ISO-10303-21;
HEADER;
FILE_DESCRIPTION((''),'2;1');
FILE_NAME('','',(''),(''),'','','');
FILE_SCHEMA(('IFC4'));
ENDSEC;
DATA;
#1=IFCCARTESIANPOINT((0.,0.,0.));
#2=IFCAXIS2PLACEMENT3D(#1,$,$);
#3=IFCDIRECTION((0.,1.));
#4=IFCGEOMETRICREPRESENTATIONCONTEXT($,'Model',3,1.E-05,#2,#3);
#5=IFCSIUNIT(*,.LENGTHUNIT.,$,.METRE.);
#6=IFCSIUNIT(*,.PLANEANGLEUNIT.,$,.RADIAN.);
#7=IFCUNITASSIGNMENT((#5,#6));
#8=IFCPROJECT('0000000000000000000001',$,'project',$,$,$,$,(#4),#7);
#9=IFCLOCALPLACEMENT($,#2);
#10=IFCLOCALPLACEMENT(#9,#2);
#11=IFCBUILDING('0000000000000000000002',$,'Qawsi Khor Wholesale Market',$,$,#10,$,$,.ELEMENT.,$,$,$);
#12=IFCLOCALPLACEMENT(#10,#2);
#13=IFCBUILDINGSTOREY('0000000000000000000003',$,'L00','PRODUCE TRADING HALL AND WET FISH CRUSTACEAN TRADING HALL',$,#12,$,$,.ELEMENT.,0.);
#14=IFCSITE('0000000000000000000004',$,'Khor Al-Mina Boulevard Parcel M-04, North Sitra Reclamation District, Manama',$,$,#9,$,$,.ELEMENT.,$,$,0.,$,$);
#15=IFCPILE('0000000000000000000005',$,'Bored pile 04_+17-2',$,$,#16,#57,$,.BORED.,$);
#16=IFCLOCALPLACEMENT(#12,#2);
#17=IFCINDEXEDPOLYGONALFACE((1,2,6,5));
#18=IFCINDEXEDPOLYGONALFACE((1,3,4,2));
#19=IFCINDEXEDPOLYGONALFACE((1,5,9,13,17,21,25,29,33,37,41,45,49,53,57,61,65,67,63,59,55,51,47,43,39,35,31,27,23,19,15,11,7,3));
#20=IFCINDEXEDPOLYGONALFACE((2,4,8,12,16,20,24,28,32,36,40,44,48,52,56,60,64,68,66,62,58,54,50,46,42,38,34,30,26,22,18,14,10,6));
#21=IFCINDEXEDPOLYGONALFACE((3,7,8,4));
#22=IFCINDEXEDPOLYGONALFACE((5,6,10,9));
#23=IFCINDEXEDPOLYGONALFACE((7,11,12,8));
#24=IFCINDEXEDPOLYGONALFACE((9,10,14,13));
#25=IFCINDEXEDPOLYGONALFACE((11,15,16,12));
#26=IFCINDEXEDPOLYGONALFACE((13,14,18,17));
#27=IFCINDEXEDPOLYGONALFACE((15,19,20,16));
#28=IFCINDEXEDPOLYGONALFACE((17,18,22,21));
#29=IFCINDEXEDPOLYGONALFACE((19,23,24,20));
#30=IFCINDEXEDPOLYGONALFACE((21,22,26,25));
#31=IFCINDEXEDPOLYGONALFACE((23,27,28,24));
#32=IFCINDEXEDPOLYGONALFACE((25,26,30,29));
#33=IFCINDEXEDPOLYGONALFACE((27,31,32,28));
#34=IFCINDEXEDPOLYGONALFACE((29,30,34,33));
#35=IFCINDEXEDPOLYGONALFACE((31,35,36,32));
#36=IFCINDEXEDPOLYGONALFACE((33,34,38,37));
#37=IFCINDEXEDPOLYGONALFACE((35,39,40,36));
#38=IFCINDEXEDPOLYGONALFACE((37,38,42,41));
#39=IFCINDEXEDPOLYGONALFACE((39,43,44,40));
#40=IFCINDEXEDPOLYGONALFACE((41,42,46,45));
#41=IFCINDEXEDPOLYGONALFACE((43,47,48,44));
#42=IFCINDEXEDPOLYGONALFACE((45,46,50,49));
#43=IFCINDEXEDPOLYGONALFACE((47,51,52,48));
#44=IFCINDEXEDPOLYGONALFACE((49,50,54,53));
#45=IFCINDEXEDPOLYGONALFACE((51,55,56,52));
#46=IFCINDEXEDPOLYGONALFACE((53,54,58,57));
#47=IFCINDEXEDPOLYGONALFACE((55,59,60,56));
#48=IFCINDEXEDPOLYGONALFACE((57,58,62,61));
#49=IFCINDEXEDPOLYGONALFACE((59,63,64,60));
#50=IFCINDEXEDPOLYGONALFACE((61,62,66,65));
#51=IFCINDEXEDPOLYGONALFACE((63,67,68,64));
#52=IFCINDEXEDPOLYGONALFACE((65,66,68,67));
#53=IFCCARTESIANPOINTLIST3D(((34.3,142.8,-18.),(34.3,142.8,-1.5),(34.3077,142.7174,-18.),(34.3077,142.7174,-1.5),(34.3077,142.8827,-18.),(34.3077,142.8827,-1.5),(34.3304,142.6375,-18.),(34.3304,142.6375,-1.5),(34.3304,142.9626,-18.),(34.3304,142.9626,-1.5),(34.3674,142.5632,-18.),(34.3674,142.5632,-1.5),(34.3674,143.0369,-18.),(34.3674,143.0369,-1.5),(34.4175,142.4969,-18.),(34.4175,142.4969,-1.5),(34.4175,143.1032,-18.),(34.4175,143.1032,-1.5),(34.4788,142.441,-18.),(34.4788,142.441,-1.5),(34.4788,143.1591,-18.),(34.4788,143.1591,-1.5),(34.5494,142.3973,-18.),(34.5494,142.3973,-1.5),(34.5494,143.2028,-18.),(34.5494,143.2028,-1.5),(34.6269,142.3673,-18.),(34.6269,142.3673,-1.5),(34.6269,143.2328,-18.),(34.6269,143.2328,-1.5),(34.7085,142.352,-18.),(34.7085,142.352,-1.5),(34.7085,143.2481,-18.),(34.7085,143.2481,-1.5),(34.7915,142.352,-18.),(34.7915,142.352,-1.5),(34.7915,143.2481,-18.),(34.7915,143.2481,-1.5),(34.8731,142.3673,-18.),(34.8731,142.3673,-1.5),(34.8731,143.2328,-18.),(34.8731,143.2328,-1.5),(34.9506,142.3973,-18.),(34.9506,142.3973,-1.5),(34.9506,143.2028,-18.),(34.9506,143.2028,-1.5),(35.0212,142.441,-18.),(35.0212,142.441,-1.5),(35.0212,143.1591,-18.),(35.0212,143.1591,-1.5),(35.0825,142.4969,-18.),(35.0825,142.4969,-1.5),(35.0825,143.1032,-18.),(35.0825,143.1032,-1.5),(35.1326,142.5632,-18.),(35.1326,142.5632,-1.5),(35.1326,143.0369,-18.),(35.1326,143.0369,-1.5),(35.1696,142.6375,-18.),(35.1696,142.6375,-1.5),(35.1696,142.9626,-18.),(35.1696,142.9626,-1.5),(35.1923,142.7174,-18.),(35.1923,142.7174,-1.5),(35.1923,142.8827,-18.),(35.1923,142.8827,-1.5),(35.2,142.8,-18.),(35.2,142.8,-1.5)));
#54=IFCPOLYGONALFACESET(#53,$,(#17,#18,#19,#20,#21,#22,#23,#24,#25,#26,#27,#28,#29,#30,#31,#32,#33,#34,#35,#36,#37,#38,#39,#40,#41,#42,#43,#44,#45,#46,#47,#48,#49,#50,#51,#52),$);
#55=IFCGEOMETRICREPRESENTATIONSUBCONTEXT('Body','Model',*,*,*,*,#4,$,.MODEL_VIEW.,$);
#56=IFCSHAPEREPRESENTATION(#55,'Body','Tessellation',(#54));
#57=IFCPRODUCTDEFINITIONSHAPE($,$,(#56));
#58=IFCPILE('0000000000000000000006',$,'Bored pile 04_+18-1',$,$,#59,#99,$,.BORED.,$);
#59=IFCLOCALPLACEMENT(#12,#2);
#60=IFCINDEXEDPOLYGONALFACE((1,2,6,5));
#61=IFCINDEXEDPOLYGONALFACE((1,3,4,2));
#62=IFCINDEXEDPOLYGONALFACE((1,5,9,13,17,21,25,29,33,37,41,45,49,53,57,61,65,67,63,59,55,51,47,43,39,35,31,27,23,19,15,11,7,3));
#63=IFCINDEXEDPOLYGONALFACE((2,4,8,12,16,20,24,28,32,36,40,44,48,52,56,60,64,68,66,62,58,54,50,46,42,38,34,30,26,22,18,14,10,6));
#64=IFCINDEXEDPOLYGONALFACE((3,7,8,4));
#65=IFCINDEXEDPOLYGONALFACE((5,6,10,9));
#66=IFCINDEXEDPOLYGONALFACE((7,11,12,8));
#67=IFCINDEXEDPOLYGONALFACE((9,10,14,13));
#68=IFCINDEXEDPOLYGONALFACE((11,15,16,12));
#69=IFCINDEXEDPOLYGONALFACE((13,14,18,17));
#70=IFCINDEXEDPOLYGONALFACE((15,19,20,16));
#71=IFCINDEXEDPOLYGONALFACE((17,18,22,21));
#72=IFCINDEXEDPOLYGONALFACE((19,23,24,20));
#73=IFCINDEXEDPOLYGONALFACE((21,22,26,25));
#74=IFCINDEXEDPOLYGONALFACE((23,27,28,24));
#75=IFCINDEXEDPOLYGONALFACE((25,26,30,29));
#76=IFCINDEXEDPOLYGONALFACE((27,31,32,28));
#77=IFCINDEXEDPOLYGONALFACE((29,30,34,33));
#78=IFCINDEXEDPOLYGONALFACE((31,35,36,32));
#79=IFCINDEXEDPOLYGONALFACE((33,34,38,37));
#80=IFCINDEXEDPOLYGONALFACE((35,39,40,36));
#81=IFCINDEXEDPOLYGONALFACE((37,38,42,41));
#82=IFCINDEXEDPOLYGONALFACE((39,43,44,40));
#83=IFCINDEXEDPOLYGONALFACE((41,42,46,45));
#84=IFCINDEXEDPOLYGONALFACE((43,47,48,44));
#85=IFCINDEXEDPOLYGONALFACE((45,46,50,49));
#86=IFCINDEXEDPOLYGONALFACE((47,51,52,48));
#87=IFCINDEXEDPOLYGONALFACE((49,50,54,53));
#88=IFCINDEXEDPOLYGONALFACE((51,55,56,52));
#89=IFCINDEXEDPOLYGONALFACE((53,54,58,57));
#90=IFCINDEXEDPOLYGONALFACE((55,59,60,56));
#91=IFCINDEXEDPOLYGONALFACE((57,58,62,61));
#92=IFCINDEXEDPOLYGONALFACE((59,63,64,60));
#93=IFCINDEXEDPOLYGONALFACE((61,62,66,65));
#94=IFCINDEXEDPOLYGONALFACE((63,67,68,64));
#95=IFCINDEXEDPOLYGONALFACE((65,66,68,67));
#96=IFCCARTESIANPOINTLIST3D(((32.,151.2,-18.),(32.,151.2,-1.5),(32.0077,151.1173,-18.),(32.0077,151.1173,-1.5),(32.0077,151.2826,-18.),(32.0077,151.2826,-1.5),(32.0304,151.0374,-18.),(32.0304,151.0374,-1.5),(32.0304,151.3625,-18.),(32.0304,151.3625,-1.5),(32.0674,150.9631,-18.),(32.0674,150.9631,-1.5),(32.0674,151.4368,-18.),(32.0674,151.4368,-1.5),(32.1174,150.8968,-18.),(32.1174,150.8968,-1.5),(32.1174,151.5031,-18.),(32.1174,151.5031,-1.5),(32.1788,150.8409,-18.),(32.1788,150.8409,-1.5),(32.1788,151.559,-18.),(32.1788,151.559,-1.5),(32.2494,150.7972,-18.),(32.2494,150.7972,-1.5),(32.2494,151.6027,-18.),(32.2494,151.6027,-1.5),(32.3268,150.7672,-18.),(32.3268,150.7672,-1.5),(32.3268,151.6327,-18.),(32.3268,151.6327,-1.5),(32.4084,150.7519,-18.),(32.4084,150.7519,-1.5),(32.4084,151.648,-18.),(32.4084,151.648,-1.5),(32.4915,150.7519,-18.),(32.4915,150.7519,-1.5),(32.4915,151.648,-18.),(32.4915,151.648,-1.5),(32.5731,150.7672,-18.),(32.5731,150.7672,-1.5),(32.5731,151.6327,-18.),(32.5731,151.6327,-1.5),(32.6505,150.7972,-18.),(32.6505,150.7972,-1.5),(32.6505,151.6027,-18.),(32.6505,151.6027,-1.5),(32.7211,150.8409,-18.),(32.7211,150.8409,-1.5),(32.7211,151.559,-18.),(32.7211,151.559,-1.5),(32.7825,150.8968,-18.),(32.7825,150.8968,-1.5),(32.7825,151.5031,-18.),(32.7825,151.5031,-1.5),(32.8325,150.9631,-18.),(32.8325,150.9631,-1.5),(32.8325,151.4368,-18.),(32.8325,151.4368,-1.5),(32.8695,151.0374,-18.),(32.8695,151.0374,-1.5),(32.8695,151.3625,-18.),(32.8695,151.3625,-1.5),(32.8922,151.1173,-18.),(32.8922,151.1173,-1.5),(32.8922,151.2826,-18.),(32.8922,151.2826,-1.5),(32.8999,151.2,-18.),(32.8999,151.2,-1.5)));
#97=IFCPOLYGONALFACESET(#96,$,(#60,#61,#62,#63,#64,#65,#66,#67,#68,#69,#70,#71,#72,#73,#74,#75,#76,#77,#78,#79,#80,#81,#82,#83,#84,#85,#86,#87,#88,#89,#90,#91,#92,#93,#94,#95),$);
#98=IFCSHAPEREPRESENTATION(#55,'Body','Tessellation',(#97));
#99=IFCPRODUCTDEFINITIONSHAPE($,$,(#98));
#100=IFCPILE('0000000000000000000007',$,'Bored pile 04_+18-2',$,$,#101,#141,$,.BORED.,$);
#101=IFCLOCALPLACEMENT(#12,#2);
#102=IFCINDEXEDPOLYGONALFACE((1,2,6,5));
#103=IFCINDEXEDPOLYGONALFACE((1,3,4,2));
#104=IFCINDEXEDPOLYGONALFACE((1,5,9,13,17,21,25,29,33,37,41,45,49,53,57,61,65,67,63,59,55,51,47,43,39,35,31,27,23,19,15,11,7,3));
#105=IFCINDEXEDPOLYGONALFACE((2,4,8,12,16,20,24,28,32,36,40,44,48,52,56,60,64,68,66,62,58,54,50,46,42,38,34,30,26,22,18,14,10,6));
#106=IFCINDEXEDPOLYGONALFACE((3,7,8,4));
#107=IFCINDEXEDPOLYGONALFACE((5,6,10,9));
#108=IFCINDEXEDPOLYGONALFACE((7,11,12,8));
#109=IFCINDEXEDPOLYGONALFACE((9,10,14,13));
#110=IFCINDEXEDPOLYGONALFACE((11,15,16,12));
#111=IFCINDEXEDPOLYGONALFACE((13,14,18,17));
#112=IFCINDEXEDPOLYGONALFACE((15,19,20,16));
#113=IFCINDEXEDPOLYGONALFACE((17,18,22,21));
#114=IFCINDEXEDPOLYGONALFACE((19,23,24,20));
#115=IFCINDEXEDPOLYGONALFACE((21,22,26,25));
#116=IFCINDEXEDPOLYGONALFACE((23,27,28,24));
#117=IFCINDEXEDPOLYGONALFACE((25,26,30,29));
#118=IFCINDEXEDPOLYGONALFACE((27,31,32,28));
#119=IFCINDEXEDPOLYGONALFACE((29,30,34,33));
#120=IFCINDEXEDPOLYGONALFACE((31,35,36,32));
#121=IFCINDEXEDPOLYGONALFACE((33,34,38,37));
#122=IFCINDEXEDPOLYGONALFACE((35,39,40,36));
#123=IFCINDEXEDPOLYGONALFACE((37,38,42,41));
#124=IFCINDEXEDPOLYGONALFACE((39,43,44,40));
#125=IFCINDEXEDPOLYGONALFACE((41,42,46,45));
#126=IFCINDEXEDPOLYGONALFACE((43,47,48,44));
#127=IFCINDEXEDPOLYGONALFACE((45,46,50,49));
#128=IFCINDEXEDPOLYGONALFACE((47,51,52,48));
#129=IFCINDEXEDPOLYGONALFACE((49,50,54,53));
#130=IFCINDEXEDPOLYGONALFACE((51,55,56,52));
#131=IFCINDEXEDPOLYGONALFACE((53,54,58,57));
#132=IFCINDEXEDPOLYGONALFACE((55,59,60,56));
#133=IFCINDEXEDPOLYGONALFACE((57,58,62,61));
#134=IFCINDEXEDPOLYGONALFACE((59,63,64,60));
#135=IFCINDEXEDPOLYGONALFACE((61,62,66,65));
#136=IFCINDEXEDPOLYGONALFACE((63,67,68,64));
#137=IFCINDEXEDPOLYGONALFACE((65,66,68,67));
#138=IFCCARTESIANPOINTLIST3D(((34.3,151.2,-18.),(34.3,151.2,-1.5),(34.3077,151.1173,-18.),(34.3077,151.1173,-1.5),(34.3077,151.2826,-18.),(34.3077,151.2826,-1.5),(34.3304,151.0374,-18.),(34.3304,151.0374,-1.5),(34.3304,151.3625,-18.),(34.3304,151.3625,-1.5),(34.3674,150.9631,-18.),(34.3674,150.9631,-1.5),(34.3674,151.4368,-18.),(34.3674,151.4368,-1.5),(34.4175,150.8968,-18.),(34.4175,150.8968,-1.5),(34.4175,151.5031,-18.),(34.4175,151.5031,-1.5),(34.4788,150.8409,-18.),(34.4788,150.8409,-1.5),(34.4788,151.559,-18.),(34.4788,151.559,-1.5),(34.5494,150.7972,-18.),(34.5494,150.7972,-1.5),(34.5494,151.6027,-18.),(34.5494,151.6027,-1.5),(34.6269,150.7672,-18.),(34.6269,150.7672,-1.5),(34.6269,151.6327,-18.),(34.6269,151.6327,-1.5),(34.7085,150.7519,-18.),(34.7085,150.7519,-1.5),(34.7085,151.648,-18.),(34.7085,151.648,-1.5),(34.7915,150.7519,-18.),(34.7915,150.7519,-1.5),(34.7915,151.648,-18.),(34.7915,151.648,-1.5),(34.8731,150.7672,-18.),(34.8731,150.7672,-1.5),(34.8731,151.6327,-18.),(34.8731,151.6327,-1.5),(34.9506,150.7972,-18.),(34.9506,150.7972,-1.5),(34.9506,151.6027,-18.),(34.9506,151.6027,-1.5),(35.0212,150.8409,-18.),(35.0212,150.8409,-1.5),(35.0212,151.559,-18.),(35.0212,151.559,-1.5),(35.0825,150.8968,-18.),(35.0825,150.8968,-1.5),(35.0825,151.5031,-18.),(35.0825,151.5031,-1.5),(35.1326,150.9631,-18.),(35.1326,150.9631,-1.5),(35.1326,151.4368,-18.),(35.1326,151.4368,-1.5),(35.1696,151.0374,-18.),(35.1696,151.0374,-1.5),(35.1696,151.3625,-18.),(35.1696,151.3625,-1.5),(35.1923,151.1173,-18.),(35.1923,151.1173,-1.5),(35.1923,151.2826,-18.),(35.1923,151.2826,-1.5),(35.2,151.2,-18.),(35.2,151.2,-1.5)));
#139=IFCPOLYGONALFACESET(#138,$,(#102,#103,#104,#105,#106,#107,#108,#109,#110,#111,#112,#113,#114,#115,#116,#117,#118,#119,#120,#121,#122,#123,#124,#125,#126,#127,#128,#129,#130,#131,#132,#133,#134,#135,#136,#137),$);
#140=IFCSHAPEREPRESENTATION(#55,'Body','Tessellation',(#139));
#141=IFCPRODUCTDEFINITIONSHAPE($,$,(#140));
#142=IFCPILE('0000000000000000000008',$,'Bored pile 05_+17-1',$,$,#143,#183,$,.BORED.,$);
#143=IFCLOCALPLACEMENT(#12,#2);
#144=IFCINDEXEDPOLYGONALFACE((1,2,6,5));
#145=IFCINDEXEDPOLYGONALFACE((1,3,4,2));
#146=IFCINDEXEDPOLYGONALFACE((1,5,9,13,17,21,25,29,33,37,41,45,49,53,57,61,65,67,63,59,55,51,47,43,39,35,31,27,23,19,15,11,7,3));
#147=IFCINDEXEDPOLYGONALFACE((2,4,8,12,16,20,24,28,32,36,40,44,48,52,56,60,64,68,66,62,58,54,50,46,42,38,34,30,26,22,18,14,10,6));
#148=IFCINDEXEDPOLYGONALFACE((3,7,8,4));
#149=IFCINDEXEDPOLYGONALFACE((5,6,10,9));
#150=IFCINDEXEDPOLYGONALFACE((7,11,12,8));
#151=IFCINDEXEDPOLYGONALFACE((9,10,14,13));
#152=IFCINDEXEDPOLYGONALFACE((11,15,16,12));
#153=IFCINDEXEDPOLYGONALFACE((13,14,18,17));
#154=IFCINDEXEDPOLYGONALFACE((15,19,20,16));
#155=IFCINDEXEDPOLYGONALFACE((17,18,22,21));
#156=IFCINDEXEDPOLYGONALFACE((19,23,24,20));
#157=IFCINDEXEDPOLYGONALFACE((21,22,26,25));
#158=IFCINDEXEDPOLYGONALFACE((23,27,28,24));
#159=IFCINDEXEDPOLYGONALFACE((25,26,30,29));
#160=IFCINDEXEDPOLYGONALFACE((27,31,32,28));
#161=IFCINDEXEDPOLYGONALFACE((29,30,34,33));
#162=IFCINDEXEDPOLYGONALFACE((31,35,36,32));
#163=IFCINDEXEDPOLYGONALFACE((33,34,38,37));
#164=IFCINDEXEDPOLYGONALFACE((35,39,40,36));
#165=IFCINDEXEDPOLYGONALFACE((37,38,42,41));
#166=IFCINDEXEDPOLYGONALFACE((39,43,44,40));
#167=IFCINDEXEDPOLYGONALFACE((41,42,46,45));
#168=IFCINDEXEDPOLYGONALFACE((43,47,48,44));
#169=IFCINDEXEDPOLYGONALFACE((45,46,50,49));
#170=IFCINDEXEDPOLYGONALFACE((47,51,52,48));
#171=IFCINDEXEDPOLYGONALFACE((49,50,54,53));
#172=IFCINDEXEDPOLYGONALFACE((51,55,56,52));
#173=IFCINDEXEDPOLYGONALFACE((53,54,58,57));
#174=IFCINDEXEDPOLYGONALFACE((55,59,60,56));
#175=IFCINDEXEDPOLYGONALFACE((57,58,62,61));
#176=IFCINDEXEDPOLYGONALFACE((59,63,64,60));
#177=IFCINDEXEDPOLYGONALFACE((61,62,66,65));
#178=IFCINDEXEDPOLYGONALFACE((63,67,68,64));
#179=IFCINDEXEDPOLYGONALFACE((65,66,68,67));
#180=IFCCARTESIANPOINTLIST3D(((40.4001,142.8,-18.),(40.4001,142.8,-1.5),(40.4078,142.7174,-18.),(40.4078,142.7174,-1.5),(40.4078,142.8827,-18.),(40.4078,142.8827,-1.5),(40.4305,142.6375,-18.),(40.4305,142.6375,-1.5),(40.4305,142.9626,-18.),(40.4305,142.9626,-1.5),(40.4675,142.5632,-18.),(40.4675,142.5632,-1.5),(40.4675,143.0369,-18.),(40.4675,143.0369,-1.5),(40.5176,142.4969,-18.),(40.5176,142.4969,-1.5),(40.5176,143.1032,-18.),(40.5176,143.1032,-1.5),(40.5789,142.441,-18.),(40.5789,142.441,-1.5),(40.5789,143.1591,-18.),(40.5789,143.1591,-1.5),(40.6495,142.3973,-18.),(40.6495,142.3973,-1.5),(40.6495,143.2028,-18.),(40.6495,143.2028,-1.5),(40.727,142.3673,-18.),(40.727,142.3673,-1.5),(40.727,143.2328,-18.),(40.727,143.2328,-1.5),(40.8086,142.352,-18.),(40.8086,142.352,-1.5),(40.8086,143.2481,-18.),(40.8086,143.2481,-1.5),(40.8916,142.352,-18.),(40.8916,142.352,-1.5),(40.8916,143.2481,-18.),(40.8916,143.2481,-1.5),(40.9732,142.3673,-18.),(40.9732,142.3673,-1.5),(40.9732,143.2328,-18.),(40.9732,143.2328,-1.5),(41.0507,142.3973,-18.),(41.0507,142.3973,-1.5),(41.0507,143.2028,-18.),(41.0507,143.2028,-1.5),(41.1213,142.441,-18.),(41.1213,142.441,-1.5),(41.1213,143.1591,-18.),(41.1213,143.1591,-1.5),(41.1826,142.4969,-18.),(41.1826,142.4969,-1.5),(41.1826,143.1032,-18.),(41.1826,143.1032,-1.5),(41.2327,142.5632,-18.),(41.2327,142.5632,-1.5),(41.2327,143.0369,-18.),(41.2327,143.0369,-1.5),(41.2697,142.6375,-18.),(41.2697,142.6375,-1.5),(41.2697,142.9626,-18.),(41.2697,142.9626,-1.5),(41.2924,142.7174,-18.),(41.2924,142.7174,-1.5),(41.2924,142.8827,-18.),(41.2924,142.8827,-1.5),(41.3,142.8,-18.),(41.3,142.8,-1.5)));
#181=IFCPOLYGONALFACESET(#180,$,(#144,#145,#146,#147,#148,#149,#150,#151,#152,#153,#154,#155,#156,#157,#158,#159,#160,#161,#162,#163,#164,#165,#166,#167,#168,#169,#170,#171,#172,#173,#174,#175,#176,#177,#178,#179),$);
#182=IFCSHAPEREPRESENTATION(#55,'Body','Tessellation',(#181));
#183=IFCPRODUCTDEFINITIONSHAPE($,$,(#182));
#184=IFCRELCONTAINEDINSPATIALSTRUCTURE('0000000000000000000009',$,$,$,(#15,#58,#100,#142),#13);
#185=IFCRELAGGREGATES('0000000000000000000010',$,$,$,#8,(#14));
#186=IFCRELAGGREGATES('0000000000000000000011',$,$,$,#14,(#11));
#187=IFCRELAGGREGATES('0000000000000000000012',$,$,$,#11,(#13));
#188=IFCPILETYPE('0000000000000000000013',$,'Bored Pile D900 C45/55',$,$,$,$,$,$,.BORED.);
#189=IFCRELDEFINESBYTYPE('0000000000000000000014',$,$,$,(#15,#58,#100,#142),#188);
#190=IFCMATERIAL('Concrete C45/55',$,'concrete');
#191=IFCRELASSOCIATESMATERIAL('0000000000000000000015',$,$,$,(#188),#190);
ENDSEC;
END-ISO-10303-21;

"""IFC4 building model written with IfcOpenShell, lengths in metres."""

from ifc_helpers import new_model, si_unit, direction, frame, origin, origin_2d, place, context, subcontext, project, spatial, circle, extrude, material, material_profile, profile_set, type_object, element, save


model = new_model("IFC4")

# Units and contexts
model_context = context("Model", 3, precision=1e-05, world=origin(), true_north=direction((0.0, 1.0)))
body_context = subcontext(model_context, "Body", "Model", "MODEL_VIEW")
ifc_project = project(units=[si_unit("LENGTHUNIT", "METRE"), si_unit("PLANEANGLEUNIT", "RADIAN")], contexts=[model_context])

# Site, building, storey
site_placement = place(None, origin())
site = spatial("IfcSite", under=ifc_project, at=site_placement, Name="Khor Al-Mina Boulevard Parcel M-04, North Sitra Reclamation District, Manama", CompositionType="ELEMENT", RefElevation=0.0)
building_placement = place(site_placement, origin())
building = spatial("IfcBuilding", under=site, at=building_placement, Name="Qawsi Khor Wholesale Market", CompositionType="ELEMENT")
storey_placement = place(building_placement, origin())
storey = spatial("IfcBuildingStorey", under=building, at=storey_placement, Name="L00", Description="PRODUCE TRADING HALL AND WET FISH CRUSTACEAN TRADING HALL", CompositionType="ELEMENT", Elevation=0.0)

# Piles
ifc_material_1 = material(Name="Concrete C45/55", Category="concrete")
ifc_material_profile_1 = material_profile(ifc_material_1, circle(Radius=0.45, at=origin_2d()), Name="PILE D900")
ifc_profile_set_1 = profile_set([ifc_material_profile_1], Name="Concrete C45/55")
pile_type = type_object("IfcPileType", Name="Bored Pile D900 C45/55", PredefinedType="BORED", material=ifc_profile_set_1)
for number, where, z_axis, x_axis, name in (
    (1, (34.75, 142.8, -1.5), (0.0, 0.0, -1.0), (1.0, 0.0, 0.0), "Bored pile 04_+17-2"),
    (2, (32.45, 151.2, -1.5), (0.0, 0.0, -1.0), (1.0, 0.0, 0.0), "Bored pile 04_+18-1"),
    (3, (34.75, 151.2, -1.5), (0.0, 0.0, -1.0), (1.0, 0.0, 0.0), "Bored pile 04_+18-2"),
    (4, (40.8501, 142.8, -1.5), (0.0, 0.0, -1.0), (1.0, 0.0, 0.0), "Bored pile 05_+17-1"),
):
    element("IfcPile", number, at=place(storey_placement, frame(where, z_axis=z_axis, x_axis=x_axis)), inside=storey, type_object=pile_type, Name=name, PredefinedType="BORED", context=body_context, shape_type="SweptSolid", body=[
        extrude(circle(Radius=0.45, at=origin_2d()), origin(), (0.0, 0.0, 1.0), 16.5),
    ])

save(model, "model.ifc")
